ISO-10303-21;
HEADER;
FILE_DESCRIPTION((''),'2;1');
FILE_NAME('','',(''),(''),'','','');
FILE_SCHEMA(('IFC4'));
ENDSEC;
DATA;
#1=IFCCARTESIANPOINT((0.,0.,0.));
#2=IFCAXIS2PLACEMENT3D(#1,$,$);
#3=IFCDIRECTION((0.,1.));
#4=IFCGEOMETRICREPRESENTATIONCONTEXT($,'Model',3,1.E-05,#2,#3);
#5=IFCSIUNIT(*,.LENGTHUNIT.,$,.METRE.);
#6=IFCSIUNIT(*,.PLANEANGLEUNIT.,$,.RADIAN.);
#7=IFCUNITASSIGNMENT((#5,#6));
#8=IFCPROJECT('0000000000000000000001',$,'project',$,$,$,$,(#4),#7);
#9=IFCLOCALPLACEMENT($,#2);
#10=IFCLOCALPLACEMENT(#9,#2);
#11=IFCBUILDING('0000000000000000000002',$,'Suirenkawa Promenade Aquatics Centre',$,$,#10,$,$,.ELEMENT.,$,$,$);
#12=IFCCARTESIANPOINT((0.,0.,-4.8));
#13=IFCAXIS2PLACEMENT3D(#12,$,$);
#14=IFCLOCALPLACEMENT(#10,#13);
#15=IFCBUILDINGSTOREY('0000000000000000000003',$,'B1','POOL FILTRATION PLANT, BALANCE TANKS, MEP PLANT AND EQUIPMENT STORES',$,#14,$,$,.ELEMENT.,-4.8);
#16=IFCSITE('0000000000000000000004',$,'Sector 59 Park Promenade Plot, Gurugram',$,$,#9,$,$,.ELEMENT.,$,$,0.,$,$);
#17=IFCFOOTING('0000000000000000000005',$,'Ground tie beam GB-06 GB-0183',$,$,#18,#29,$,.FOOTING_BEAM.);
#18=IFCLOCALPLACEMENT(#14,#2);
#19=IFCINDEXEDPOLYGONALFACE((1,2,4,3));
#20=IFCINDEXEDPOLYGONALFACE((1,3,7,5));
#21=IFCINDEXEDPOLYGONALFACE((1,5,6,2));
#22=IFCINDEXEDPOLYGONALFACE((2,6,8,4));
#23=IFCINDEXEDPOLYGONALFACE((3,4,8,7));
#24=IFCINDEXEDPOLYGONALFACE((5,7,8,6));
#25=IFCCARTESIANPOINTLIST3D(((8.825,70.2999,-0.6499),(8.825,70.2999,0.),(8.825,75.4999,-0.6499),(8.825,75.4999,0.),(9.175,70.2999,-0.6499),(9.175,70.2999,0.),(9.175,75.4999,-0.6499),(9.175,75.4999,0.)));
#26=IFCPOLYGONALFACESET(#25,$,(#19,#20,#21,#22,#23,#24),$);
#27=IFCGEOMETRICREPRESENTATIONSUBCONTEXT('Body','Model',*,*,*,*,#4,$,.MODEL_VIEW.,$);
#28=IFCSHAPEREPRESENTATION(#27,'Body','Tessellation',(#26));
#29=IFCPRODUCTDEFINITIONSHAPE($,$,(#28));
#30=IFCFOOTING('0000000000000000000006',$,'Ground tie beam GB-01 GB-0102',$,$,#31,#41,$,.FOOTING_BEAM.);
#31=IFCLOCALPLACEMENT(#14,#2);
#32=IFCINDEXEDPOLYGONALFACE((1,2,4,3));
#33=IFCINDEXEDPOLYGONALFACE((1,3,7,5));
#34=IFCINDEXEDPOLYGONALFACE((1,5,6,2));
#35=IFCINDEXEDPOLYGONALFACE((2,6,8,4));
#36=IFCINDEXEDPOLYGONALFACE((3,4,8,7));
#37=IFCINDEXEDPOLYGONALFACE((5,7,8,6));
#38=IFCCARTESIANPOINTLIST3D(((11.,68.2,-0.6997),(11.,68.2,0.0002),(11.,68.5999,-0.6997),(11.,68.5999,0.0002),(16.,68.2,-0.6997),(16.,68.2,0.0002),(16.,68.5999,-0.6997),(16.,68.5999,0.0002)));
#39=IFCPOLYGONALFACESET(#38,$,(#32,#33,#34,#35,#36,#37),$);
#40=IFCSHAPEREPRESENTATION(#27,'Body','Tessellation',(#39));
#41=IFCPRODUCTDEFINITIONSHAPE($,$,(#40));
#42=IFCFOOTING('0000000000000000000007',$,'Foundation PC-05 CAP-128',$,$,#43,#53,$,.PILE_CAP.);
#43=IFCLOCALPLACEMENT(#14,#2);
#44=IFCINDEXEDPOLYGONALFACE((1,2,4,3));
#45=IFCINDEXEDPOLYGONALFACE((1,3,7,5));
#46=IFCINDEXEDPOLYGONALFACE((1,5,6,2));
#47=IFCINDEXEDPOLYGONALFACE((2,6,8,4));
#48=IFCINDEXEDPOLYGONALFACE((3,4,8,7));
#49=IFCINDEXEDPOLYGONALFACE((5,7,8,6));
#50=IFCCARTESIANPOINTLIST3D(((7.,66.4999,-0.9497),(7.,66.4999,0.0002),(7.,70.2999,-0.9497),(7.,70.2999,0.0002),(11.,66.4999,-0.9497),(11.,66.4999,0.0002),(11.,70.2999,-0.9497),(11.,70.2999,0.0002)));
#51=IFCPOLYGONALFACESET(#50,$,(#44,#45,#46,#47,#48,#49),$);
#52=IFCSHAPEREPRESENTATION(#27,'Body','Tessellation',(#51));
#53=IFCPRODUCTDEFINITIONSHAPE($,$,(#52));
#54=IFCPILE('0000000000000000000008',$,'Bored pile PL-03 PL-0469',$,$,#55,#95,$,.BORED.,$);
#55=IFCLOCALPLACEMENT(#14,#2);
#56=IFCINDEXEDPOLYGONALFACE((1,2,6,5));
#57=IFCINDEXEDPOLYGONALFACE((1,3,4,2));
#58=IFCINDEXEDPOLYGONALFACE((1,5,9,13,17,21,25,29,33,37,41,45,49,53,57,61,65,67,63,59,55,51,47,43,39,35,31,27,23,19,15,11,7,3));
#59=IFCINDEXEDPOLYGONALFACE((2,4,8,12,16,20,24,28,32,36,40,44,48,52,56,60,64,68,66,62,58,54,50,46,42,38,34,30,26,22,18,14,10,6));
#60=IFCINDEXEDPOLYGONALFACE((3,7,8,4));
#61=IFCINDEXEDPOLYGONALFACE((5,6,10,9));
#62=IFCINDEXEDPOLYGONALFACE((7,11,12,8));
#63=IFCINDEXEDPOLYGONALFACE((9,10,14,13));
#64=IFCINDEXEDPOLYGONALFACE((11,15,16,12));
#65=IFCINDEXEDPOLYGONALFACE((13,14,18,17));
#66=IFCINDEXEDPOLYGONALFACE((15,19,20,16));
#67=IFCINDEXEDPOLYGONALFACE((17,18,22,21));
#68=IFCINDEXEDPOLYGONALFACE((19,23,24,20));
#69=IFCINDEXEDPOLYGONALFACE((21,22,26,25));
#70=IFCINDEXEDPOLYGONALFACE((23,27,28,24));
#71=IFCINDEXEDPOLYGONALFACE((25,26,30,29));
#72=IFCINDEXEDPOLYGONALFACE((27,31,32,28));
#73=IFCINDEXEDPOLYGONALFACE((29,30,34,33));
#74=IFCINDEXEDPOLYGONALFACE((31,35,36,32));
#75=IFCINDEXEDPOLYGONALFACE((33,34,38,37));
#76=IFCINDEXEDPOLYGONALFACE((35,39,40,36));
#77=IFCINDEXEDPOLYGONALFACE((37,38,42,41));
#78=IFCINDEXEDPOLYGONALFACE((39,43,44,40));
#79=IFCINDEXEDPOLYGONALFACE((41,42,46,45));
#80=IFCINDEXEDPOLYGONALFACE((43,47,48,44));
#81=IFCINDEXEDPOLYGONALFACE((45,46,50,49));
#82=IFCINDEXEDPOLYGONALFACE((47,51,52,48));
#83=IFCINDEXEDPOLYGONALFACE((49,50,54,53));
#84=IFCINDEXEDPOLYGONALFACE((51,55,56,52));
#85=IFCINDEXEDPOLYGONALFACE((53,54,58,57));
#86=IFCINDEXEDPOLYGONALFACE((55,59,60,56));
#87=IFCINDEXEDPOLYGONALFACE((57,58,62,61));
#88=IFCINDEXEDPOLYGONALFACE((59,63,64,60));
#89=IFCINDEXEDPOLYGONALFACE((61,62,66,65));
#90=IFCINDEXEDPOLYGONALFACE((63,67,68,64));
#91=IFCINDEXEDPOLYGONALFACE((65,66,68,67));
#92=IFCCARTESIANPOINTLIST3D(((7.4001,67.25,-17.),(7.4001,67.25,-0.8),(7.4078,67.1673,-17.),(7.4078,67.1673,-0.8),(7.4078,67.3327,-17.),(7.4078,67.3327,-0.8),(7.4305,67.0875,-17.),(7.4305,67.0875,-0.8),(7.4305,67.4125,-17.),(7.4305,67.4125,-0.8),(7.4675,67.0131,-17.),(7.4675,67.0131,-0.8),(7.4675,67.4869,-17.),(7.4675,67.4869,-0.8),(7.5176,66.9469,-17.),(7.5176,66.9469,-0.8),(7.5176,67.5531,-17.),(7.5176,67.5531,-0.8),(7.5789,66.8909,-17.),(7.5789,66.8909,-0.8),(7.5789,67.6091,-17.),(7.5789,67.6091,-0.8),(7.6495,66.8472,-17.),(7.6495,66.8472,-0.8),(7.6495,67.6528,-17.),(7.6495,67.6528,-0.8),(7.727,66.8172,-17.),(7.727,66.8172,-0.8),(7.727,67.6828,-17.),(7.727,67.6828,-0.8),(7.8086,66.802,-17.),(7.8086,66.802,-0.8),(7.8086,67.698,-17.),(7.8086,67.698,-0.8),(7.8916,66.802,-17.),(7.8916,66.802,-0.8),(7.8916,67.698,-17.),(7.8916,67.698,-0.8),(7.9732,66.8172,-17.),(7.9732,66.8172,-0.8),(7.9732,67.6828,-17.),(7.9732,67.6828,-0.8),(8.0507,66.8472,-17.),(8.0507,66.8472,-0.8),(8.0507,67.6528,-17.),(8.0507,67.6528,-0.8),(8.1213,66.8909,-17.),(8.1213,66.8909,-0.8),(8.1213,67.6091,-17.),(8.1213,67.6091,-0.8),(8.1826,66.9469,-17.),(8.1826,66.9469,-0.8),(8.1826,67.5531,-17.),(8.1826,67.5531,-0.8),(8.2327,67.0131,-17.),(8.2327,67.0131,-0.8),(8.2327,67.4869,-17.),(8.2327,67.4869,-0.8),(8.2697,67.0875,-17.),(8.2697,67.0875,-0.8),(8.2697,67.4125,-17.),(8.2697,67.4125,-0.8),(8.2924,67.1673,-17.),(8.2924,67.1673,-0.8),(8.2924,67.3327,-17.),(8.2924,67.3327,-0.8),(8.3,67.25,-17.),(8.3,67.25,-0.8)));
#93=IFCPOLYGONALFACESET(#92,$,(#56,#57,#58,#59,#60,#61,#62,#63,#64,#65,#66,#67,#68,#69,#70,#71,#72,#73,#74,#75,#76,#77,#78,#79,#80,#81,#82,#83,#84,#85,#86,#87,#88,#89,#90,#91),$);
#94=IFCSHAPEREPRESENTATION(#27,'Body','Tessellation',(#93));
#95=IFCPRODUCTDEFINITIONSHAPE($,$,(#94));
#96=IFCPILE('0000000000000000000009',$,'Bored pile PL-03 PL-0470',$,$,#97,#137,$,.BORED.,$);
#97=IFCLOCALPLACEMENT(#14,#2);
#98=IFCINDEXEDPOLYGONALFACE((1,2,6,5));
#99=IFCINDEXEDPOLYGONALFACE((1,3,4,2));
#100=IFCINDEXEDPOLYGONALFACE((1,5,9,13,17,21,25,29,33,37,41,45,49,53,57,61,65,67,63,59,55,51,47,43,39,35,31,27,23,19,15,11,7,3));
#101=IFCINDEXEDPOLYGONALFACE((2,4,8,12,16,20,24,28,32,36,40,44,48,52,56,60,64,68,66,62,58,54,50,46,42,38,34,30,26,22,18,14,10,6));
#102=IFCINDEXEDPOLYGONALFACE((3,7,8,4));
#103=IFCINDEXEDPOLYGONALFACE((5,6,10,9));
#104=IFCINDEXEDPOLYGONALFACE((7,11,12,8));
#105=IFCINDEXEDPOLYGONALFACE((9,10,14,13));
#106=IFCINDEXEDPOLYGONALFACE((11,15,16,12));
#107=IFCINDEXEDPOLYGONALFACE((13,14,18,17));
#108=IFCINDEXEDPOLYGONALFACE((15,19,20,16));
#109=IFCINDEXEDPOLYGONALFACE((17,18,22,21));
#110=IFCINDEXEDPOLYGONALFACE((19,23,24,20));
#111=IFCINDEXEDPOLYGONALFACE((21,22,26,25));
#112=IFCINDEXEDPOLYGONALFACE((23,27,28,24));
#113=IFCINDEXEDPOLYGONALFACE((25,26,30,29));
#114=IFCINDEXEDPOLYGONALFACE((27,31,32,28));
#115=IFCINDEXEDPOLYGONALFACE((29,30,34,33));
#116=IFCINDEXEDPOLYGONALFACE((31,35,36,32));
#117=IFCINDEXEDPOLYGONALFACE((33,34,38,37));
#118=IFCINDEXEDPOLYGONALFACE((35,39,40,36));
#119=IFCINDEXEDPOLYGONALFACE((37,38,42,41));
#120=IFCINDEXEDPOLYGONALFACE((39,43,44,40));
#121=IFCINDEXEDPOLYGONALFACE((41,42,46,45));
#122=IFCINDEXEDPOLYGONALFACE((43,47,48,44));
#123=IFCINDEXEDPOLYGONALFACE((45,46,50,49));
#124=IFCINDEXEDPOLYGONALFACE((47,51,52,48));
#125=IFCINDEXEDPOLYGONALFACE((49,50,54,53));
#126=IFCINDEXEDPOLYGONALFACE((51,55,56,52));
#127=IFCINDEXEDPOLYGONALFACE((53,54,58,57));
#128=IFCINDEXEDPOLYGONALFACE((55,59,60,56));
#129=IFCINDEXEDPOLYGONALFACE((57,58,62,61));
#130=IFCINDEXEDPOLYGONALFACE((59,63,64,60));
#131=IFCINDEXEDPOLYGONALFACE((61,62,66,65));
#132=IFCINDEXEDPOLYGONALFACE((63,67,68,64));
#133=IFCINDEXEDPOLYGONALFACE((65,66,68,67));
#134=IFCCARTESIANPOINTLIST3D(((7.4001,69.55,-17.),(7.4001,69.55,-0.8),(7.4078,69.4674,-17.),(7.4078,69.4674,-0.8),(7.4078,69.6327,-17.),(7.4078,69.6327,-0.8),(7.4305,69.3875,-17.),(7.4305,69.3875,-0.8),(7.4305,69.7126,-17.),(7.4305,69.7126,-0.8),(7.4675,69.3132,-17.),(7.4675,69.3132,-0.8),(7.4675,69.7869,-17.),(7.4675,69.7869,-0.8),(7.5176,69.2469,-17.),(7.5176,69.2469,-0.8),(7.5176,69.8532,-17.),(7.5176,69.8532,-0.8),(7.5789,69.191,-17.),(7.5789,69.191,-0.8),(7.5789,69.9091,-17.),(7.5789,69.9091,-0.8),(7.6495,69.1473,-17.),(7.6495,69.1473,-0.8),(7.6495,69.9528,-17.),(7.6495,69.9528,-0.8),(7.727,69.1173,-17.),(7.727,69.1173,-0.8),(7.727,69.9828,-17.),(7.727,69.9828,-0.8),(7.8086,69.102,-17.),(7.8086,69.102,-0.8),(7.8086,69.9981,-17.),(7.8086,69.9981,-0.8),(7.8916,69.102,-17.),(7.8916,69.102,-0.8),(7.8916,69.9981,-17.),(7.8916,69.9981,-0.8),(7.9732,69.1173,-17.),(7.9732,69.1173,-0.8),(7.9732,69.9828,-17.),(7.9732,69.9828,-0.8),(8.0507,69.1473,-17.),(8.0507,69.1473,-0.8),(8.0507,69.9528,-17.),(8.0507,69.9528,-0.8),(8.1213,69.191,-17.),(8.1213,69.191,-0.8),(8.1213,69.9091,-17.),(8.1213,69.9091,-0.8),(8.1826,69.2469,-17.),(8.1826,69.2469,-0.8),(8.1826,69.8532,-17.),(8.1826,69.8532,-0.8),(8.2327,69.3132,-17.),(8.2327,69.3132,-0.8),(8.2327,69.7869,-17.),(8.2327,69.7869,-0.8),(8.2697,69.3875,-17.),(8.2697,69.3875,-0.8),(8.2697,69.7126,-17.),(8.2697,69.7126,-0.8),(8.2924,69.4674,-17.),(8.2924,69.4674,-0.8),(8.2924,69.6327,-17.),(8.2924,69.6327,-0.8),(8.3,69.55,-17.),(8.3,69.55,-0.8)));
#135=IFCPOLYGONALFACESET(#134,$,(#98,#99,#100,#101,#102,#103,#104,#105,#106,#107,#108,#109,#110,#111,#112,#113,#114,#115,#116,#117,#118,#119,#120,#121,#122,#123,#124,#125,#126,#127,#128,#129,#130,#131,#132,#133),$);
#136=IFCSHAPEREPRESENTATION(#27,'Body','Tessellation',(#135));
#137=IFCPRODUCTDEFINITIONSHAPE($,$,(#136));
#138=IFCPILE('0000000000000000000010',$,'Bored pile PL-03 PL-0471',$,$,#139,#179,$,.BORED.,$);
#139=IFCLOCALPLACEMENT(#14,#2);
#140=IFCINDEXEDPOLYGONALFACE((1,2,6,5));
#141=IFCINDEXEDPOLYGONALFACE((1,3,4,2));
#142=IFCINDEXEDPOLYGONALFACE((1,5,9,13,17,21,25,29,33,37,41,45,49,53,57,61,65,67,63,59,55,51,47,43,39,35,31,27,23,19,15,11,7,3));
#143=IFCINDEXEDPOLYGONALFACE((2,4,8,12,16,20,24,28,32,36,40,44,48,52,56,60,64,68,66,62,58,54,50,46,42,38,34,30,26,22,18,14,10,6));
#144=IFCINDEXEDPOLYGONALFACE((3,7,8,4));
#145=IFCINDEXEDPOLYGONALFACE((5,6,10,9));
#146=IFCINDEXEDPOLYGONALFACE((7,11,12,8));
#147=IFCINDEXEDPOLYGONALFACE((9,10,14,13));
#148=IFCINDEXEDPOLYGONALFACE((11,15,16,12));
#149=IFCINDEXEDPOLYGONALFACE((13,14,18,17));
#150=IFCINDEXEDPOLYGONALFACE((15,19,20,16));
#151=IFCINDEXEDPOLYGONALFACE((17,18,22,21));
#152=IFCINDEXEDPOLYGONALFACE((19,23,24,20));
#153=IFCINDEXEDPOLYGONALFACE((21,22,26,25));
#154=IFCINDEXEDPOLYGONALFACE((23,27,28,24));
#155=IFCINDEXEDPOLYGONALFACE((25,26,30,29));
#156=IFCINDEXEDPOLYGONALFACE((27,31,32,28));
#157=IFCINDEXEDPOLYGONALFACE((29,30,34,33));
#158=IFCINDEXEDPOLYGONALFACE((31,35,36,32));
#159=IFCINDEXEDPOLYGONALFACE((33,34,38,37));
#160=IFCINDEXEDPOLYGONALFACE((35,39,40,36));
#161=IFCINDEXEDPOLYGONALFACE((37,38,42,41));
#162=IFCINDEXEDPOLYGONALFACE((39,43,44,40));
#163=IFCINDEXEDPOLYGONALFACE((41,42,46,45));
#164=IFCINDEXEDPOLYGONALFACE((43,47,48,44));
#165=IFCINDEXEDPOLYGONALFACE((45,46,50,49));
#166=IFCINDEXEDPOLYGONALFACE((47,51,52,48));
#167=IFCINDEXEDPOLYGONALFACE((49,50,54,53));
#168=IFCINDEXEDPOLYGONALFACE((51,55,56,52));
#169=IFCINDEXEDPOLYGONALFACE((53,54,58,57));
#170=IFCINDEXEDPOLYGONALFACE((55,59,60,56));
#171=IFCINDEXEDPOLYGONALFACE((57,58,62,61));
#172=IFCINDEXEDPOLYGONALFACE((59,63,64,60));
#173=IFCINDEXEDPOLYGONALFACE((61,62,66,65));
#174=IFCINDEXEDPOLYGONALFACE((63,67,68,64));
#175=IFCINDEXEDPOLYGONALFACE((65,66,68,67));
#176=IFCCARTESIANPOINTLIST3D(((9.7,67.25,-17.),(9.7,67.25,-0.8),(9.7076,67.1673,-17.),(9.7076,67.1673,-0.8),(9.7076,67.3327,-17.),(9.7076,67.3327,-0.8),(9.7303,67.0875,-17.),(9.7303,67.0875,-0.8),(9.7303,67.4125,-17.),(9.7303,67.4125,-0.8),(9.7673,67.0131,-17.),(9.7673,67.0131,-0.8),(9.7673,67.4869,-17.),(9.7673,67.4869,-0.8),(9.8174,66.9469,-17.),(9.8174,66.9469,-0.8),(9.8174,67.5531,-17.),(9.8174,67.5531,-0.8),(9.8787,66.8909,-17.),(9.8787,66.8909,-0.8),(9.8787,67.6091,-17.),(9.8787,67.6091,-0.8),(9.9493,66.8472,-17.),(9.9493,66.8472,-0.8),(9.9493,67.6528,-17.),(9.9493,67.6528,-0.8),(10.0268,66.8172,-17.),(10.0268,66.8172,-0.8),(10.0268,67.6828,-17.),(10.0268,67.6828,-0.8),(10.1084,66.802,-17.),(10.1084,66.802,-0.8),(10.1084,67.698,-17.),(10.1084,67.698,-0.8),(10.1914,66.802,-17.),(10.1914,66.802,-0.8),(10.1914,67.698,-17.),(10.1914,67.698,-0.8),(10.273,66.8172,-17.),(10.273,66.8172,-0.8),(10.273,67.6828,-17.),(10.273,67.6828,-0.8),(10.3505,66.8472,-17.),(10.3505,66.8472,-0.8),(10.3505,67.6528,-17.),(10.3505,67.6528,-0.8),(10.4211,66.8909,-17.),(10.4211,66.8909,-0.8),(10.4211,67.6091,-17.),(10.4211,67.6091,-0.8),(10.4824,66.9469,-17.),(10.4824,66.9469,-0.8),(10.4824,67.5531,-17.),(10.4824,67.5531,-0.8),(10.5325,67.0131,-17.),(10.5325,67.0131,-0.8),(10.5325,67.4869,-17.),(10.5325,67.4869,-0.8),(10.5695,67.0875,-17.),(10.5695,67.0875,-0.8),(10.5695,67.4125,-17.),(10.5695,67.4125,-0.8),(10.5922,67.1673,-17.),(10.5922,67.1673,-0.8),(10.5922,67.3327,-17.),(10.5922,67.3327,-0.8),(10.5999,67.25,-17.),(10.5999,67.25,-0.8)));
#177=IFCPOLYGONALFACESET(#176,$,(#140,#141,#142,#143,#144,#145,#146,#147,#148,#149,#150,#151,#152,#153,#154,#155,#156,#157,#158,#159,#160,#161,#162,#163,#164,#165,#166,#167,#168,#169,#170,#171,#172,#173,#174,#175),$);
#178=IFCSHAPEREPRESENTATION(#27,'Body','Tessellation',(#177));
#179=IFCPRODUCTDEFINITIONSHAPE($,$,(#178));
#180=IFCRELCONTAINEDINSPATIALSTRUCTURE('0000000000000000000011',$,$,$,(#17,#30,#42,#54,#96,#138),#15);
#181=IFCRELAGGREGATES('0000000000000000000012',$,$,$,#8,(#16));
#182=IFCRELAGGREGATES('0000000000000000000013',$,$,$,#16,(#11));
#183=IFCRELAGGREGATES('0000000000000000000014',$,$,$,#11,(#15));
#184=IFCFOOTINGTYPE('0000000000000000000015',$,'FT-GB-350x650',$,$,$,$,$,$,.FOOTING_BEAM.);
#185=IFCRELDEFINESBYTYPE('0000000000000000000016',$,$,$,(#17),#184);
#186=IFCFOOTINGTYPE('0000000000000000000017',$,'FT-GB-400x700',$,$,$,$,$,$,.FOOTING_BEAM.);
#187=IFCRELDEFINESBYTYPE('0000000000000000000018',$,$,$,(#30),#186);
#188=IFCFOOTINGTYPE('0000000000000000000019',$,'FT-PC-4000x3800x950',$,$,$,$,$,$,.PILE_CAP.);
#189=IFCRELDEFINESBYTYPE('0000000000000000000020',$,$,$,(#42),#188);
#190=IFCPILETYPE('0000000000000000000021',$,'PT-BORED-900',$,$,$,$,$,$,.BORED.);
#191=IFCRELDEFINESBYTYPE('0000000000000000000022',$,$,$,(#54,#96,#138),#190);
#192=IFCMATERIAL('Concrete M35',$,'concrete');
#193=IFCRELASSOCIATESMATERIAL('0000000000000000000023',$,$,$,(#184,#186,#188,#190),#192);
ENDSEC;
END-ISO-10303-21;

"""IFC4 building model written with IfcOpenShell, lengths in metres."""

from ifc_helpers import new_model, si_unit, direction, frame, origin, origin_2d, place, context, subcontext, project, spatial, rectangle, circle, extrude, material, material_profile, profile_set, type_object, element, save


model = new_model("IFC4")

# Units and contexts
model_context = context("Model", 3, precision=1e-05, world=origin(), true_north=direction((0.0, 1.0)))
body_context = subcontext(model_context, "Body", "Model", "MODEL_VIEW")
ifc_project = project(units=[si_unit("LENGTHUNIT", "METRE"), si_unit("PLANEANGLEUNIT", "RADIAN")], contexts=[model_context])

# Site, building, storey
site_placement = place(None, origin())
site = spatial("IfcSite", under=ifc_project, at=site_placement, Name="Sector 59 Park Promenade Plot, Gurugram", CompositionType="ELEMENT", RefElevation=0.0)
building_placement = place(site_placement, origin())
building = spatial("IfcBuilding", under=site, at=building_placement, Name="Suirenkawa Promenade Aquatics Centre", CompositionType="ELEMENT")
storey_placement = place(building_placement, frame((0.0, 0.0, -4.8)))
storey = spatial("IfcBuildingStorey", under=building, at=storey_placement, Name="B1", Description="POOL FILTRATION PLANT, BALANCE TANKS, MEP PLANT AND EQUIPMENT STORES", CompositionType="ELEMENT", Elevation=-4.8)

# Footings
ifc_material_1 = material(Name="Concrete M35", Category="concrete")
footing_type_1 = type_object("IfcFootingType", Name="FT-GB-350x650", PredefinedType="FOOTING_BEAM", material=ifc_material_1)
footing_1_placement = place(storey_placement, frame((9.0, 72.8999, -0.6499), z_axis=(0.0, 0.0, 1.0), x_axis=(0.0, 1.0, 0.0)))
element("IfcFooting", 1, at=footing_1_placement, inside=storey, type_object=footing_type_1, Name="Ground tie beam GB-06 GB-0183", PredefinedType="FOOTING_BEAM", context=body_context, shape_type="SweptSolid", body=[
    extrude(rectangle(XDim=5.2, YDim=0.3501, at=origin_2d()), origin(), (0.0, 0.0, 1.0), 0.6499),
])
footing_type_2 = type_object("IfcFootingType", Name="FT-GB-400x700", PredefinedType="FOOTING_BEAM", material=ifc_material_1)
footing_2_placement = place(storey_placement, frame((13.5, 68.3999, -0.6997), z_axis=(0.0, 0.0, 1.0), x_axis=(1.0, 0.0, 0.0)))
element("IfcFooting", 2, at=footing_2_placement, inside=storey, type_object=footing_type_2, Name="Ground tie beam GB-01 GB-0102", PredefinedType="FOOTING_BEAM", context=body_context, shape_type="SweptSolid", body=[
    extrude(rectangle(XDim=5.0, YDim=0.3999, at=origin_2d()), origin(), (0.0, 0.0, 1.0), 0.7),
])
footing_type_3 = type_object("IfcFootingType", Name="FT-PC-4000x3800x950", PredefinedType="PILE_CAP", material=ifc_material_1)
footing_3_placement = place(storey_placement, frame((9.0, 68.3999, -0.9497), z_axis=(0.0, 0.0, 1.0), x_axis=(1.0, 0.0, 0.0)))
element("IfcFooting", 3, at=footing_3_placement, inside=storey, type_object=footing_type_3, Name="Foundation PC-05 CAP-128", PredefinedType="PILE_CAP", context=body_context, shape_type="SweptSolid", body=[
    extrude(rectangle(XDim=4.0, YDim=3.8, at=origin_2d()), origin(), (0.0, 0.0, 1.0), 0.95),
])

# Piles
ifc_material_profile_1 = material_profile(ifc_material_1, circle(Radius=0.45, at=origin_2d()), Name="PILE D900", Category="concrete")
ifc_profile_set_1 = profile_set([ifc_material_profile_1], Name="Concrete M35")
pile_type = type_object("IfcPileType", Name="PT-BORED-900", PredefinedType="BORED", material=ifc_profile_set_1)
for number, where, z_axis, x_axis, name in (
    (4, (7.8501, 67.25, -0.8), (0.0, 0.0, -1.0), (1.0, 0.0, 0.0), "Bored pile PL-03 PL-0469"),
    (5, (7.8501, 69.55, -0.8), (0.0, 0.0, -1.0), (1.0, 0.0, 0.0), "Bored pile PL-03 PL-0470"),
    (6, (10.1499, 67.25, -0.8), (0.0, 0.0, -1.0), (1.0, 0.0, 0.0), "Bored pile PL-03 PL-0471"),
):
    element("IfcPile", number, at=place(storey_placement, frame(where, z_axis=z_axis, x_axis=x_axis)), inside=storey, type_object=pile_type, Name=name, PredefinedType="BORED", context=body_context, shape_type="SweptSolid", body=[
        extrude(circle(Radius=0.45, at=origin_2d()), origin(), (0.0, 0.0, 1.0), 16.2),
    ])

save(model, "model.ifc")
